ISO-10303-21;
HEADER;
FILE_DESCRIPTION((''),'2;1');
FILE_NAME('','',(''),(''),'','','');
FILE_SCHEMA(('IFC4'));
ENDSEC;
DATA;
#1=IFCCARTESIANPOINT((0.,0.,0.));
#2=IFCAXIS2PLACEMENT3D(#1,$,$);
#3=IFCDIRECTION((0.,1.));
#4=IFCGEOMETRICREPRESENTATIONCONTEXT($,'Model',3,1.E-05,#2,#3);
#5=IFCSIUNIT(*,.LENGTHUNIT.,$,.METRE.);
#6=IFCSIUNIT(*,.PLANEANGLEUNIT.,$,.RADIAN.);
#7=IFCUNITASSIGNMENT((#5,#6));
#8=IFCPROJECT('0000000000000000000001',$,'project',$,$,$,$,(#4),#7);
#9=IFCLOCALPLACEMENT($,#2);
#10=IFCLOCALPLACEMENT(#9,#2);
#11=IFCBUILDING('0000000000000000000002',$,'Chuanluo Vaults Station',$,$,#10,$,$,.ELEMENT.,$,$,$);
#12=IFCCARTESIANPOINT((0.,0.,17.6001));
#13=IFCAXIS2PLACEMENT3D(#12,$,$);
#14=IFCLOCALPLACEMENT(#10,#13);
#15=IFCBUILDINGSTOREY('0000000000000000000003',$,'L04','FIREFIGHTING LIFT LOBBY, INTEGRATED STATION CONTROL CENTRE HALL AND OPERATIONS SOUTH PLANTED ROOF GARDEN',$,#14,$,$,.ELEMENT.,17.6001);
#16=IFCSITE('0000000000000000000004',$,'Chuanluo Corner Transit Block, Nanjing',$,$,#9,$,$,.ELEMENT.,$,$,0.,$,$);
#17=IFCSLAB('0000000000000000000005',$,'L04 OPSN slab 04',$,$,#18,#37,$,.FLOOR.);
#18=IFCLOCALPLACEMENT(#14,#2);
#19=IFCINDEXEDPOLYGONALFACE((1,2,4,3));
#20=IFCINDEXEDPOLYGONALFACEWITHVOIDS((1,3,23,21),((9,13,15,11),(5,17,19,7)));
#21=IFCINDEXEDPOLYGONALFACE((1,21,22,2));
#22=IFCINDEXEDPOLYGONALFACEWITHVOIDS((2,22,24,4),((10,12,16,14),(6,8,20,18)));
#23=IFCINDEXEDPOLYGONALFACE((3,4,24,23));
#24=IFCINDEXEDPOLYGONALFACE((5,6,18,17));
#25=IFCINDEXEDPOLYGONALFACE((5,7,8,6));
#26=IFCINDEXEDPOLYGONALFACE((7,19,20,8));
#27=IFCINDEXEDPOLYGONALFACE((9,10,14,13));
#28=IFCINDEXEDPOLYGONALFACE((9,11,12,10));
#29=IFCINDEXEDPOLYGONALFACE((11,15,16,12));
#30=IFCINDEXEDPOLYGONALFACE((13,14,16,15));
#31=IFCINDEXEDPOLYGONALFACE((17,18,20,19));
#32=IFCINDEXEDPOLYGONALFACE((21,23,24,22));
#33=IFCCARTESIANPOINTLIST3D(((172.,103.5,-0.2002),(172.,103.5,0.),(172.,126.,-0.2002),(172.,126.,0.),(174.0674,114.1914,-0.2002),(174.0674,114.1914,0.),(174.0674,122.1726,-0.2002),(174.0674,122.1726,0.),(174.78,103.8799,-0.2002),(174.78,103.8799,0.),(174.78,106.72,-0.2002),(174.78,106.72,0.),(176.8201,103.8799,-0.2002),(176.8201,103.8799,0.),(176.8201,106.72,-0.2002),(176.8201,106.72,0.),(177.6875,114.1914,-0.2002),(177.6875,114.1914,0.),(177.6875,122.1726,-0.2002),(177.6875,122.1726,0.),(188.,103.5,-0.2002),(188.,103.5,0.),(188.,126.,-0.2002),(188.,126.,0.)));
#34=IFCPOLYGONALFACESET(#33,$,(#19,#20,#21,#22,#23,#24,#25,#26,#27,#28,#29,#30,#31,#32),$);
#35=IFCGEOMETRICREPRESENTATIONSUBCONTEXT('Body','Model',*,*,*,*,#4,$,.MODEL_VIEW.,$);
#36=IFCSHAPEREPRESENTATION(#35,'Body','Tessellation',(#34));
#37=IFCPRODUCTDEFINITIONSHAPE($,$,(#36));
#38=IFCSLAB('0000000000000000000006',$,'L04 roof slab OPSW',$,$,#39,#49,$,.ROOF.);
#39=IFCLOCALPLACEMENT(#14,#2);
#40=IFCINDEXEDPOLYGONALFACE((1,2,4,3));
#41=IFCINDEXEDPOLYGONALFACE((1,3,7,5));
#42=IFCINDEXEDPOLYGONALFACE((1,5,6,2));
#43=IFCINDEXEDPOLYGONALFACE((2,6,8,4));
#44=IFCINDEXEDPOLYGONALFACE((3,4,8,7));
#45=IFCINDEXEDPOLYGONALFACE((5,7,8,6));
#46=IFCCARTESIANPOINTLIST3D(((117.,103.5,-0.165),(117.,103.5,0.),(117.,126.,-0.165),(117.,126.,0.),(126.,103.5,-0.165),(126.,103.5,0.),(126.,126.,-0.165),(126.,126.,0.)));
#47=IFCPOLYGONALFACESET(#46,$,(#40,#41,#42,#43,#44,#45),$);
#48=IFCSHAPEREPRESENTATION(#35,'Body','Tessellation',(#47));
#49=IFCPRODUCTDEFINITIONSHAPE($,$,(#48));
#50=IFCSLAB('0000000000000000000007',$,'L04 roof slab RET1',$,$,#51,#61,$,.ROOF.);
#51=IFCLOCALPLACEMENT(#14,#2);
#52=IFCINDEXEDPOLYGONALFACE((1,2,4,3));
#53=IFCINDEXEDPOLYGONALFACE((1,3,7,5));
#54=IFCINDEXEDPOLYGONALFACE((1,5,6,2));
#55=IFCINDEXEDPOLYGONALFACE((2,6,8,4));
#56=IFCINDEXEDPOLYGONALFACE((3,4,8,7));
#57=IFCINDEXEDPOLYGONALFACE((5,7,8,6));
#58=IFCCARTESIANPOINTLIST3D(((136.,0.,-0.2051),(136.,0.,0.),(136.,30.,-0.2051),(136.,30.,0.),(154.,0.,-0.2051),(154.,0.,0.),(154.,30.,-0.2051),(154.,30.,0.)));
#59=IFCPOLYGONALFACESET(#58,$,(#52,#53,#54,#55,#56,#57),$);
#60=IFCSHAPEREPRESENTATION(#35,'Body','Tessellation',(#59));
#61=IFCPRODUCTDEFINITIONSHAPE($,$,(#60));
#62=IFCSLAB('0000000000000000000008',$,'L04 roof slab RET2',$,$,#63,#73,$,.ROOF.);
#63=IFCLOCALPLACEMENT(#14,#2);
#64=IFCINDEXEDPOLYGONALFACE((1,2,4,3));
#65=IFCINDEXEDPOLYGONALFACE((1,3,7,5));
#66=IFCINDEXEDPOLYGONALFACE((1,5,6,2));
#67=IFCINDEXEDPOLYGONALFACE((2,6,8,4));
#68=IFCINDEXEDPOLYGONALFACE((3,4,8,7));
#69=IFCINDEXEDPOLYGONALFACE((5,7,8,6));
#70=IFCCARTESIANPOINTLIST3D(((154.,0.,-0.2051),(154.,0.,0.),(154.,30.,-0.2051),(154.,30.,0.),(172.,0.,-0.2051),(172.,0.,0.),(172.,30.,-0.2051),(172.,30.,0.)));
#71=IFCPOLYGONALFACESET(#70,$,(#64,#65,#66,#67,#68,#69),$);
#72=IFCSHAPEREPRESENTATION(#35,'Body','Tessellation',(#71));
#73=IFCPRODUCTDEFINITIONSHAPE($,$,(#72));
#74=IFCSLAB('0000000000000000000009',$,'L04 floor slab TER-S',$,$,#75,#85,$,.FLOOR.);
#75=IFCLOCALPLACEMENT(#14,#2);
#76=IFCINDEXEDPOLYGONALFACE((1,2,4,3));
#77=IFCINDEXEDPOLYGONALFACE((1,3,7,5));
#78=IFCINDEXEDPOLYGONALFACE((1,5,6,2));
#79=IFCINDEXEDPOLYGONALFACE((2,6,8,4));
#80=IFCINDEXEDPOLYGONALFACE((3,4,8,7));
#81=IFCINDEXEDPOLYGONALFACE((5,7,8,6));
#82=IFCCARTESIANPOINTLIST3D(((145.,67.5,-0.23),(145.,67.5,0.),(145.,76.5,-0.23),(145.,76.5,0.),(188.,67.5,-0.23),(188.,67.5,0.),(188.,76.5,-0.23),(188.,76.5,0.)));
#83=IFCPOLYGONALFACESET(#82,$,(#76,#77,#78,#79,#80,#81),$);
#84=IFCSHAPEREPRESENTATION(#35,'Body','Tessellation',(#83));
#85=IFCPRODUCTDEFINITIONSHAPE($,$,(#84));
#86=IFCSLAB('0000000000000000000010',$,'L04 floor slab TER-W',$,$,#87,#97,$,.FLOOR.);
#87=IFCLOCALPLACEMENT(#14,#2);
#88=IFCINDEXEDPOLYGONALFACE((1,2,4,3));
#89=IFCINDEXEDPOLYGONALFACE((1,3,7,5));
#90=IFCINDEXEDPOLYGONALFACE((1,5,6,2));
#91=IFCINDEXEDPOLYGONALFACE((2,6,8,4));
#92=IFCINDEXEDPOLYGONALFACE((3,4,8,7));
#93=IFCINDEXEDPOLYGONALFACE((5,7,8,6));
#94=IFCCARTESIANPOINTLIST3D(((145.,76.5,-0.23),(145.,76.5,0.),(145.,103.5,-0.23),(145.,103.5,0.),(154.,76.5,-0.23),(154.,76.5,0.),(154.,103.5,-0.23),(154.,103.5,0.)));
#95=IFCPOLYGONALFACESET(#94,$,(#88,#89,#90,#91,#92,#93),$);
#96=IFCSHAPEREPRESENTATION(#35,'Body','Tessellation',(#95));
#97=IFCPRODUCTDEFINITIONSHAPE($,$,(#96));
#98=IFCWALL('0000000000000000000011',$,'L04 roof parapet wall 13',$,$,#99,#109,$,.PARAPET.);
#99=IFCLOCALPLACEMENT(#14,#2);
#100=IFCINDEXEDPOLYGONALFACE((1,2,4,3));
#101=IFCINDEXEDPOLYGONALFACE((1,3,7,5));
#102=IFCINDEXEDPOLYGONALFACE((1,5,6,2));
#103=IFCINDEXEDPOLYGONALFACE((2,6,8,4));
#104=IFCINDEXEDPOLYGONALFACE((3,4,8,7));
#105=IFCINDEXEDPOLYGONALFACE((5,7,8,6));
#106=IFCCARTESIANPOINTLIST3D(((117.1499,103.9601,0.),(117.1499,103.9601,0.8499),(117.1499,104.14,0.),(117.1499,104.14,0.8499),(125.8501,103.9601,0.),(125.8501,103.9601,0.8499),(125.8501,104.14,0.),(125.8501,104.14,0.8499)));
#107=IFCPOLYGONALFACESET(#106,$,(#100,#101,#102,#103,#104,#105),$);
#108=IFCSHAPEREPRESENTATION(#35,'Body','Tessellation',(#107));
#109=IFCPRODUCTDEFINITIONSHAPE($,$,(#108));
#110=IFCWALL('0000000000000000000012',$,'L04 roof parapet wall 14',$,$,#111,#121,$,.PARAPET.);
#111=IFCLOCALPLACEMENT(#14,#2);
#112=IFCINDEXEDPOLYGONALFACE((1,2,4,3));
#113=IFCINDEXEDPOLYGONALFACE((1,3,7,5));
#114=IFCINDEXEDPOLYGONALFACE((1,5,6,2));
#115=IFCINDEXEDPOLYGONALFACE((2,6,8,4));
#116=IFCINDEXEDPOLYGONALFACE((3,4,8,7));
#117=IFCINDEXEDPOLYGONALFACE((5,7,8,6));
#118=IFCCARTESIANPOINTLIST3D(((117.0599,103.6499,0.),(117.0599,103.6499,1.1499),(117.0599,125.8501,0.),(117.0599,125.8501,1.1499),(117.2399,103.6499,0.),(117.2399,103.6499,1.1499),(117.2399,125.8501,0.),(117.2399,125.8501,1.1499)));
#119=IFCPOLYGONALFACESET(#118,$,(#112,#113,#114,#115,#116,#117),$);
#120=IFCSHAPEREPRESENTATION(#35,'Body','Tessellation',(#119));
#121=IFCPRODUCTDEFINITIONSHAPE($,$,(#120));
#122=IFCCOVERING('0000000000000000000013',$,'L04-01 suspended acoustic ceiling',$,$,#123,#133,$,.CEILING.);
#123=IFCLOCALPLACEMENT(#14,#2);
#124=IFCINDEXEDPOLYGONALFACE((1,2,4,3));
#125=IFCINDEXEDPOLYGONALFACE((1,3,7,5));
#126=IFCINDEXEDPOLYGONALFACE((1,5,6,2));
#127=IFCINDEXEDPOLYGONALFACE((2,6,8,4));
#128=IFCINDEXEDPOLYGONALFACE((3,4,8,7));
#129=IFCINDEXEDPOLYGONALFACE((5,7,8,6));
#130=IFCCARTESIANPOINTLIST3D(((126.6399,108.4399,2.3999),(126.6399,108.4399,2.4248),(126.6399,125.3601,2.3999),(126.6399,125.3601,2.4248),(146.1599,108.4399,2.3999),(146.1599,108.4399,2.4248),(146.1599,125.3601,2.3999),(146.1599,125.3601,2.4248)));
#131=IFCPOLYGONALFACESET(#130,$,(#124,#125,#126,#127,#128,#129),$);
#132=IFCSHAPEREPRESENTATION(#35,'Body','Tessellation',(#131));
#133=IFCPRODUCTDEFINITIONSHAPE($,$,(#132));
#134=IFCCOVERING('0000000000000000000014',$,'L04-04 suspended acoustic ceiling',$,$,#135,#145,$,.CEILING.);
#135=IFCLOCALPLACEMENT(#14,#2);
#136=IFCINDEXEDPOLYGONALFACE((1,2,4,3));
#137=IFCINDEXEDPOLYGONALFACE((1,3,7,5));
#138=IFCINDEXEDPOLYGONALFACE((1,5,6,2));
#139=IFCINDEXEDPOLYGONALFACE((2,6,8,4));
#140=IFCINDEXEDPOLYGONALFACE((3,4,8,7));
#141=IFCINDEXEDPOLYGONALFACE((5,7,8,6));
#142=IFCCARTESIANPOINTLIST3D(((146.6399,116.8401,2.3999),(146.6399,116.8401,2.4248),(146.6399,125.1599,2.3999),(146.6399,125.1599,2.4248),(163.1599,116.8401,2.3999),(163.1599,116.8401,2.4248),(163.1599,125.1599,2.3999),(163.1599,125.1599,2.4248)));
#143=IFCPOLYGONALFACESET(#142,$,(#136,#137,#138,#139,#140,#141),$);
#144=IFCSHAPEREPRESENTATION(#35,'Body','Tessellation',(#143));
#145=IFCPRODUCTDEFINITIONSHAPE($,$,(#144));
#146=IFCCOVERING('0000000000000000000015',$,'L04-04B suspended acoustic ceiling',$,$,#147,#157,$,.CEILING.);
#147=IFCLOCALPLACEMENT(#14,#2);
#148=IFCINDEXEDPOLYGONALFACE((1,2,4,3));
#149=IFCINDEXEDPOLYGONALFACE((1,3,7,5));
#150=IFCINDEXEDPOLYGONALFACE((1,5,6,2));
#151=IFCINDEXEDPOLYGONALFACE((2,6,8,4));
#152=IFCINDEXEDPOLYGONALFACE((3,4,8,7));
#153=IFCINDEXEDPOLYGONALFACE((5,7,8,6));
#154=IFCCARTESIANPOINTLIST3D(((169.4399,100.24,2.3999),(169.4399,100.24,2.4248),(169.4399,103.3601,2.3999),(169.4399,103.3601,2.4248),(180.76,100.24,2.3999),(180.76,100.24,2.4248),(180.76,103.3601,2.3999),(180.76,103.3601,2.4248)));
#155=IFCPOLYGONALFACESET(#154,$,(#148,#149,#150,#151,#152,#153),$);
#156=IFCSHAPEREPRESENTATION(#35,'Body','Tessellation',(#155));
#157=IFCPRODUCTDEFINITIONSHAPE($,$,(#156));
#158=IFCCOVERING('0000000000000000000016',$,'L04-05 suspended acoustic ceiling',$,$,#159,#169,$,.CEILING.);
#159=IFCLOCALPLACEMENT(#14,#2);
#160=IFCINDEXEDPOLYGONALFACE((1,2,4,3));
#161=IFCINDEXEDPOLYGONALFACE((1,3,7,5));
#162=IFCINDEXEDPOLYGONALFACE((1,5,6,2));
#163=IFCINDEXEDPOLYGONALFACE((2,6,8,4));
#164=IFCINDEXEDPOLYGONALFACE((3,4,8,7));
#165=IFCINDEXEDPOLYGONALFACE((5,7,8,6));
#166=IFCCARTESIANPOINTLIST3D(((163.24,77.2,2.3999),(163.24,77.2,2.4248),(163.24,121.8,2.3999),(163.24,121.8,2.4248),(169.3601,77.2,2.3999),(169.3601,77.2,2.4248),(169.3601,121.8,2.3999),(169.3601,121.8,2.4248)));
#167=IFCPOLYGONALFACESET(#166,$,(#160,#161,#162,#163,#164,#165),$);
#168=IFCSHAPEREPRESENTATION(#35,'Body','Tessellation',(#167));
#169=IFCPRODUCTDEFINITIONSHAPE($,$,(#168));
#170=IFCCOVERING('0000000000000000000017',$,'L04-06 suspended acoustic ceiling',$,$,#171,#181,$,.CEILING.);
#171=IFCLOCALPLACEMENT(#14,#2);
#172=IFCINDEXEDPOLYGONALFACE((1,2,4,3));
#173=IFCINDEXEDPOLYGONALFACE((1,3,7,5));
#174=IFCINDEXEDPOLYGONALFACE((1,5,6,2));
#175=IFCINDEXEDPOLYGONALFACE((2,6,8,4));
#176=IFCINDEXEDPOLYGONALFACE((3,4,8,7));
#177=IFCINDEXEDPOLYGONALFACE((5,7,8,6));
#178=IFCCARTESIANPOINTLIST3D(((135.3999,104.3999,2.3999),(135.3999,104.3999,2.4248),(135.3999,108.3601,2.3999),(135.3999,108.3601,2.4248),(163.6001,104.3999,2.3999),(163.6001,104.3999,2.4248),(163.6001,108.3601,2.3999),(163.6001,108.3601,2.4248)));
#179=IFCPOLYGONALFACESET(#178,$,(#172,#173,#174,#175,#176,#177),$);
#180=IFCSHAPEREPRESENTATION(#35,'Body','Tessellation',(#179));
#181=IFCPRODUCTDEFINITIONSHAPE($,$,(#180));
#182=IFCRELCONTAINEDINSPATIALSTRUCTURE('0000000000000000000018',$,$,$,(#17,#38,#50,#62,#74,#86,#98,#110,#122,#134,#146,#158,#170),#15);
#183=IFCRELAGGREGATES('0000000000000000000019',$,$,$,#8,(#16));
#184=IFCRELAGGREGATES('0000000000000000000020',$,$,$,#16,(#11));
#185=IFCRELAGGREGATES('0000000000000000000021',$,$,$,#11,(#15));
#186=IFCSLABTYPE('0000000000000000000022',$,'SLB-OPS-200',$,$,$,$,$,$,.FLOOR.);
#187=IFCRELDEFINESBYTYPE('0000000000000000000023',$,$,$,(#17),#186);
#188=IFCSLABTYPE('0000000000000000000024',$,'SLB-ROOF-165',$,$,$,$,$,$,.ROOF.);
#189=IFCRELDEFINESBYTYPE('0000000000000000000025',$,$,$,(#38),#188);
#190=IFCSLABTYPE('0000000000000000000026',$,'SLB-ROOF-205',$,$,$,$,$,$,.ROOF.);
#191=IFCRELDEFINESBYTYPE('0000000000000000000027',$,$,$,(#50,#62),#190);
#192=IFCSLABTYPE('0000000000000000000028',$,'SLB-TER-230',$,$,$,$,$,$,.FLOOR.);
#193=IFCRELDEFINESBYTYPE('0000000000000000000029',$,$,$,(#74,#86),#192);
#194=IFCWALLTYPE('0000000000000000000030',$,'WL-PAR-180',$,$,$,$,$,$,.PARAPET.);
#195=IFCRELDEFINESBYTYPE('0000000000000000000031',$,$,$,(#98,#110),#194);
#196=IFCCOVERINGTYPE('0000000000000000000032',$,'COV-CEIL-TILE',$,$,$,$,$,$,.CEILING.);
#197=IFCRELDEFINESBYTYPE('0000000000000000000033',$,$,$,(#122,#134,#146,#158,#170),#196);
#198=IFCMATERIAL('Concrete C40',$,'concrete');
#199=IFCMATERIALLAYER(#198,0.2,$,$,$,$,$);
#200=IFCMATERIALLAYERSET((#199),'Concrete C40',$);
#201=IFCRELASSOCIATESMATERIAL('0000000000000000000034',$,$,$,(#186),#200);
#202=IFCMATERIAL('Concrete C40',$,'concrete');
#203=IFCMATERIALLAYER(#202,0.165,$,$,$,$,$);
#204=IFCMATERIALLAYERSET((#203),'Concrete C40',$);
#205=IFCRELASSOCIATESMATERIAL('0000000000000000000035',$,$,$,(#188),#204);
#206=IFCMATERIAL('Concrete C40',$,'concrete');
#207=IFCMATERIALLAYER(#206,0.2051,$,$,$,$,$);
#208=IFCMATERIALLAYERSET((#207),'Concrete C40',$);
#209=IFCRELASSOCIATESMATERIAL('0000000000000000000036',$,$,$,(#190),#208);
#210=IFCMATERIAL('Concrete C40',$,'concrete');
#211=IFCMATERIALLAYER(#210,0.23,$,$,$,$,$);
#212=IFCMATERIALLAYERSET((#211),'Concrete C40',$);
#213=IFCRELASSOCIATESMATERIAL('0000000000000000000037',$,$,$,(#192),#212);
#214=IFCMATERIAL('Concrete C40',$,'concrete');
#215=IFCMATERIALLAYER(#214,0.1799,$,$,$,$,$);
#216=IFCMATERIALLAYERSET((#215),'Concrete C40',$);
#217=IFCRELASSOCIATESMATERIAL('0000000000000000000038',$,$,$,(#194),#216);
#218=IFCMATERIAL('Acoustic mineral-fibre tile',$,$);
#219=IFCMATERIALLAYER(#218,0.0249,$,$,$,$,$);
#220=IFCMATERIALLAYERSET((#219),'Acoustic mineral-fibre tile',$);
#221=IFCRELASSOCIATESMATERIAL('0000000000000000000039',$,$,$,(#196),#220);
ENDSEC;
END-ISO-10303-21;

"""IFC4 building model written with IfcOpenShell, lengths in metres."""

from ifc_helpers import new_model, si_unit, direction, frame, frame_2d, origin, place, context, subcontext, project, spatial, polyline, rectangle, outline, extrude, material, layer, layer_set, type_object, element, save


model = new_model("IFC4")

# Units and contexts
model_context = context("Model", 3, precision=1e-05, world=origin(), true_north=direction((0.0, 1.0)))
body_context = subcontext(model_context, "Body", "Model", "MODEL_VIEW")
ifc_project = project(units=[si_unit("LENGTHUNIT", "METRE"), si_unit("PLANEANGLEUNIT", "RADIAN")], contexts=[model_context])

# Site, building, storey
site_placement = place(None, origin())
site = spatial("IfcSite", under=ifc_project, at=site_placement, Name="Chuanluo Corner Transit Block, Nanjing", CompositionType="ELEMENT", RefElevation=0.0)
building_placement = place(site_placement, origin())
building = spatial("IfcBuilding", under=site, at=building_placement, Name="Chuanluo Vaults Station", CompositionType="ELEMENT")
storey_placement = place(building_placement, frame((0.0, 0.0, 17.6001)))
storey = spatial("IfcBuildingStorey", under=building, at=storey_placement, Name="L04", Description="FIREFIGHTING LIFT LOBBY, INTEGRATED STATION CONTROL CENTRE HALL AND OPERATIONS SOUTH PLANTED ROOF GARDEN", CompositionType="ELEMENT", Elevation=17.6001)

# Slabs
ifc_material_1 = material(Name="Concrete C40", Category="concrete")
ifc_layer_1 = layer(ifc_material_1, 0.2)
ifc_layer_set_1 = layer_set([ifc_layer_1], Name="Concrete C40")
slab_type_1 = type_object("IfcSlabType", Name="SLB-OPS-200", PredefinedType="FLOOR", material=ifc_layer_set_1)
slab_1_placement = place(storey_placement, frame((0.0, 0.0, -0.2002)))
element("IfcSlab", 1, at=slab_1_placement, inside=storey, type_object=slab_type_1, Name="L04 OPSN slab 04", PredefinedType="FLOOR", context=body_context, shape_type="SweptSolid", body=[
    extrude(outline(polyline([(172.0, 103.5), (188.0, 103.5), (188.0, 126.0), (172.0, 126.0), (172.0, 103.5)]), holes=[polyline([(177.6875, 114.1914), (177.6875, 122.1726), (174.0674, 122.1726), (174.0674, 114.1914), (177.6875, 114.1914)]), polyline([(174.78, 103.8799), (176.8201, 103.8799), (176.8201, 106.72), (174.78, 106.72), (174.78, 103.8799)])]), origin(), (0.0, 0.0, 1.0), 0.2002),
])
ifc_material_2 = material(Name="Concrete C40", Category="concrete")
ifc_layer_2 = layer(ifc_material_2, 0.165)
ifc_layer_set_2 = layer_set([ifc_layer_2], Name="Concrete C40")
slab_type_2 = type_object("IfcSlabType", Name="SLB-ROOF-165", PredefinedType="ROOF", material=ifc_layer_set_2)
slab_2_placement = place(storey_placement, frame((0.0, 0.0, -0.165)))
element("IfcSlab", 2, at=slab_2_placement, inside=storey, type_object=slab_type_2, Name="L04 roof slab OPSW", PredefinedType="ROOF", context=body_context, shape_type="SweptSolid", body=[
    extrude(outline(polyline([(117.0, 103.5), (126.0, 103.5), (126.0, 126.0), (117.0, 126.0), (117.0, 103.5)])), origin(), (0.0, 0.0, 1.0), 0.165),
])
ifc_material_3 = material(Name="Concrete C40", Category="concrete")
ifc_layer_3 = layer(ifc_material_3, 0.2051)
ifc_layer_set_3 = layer_set([ifc_layer_3], Name="Concrete C40")
slab_type_3 = type_object("IfcSlabType", Name="SLB-ROOF-205", PredefinedType="ROOF", material=ifc_layer_set_3)
slab_3_placement = place(storey_placement, frame((0.0, 0.0, -0.2051)))
element("IfcSlab", 3, at=slab_3_placement, inside=storey, type_object=slab_type_3, Name="L04 roof slab RET1", PredefinedType="ROOF", context=body_context, shape_type="SweptSolid", body=[
    extrude(outline(polyline([(136.0, 0.0), (154.0, 0.0), (154.0, 30.0), (136.0, 30.0), (136.0, 0.0)])), origin(), (0.0, 0.0, 1.0), 0.2051),
])
slab_4_placement = place(storey_placement, frame((0.0, 0.0, -0.2051)))
element("IfcSlab", 4, at=slab_4_placement, inside=storey, type_object=slab_type_3, Name="L04 roof slab RET2", PredefinedType="ROOF", context=body_context, shape_type="SweptSolid", body=[
    extrude(outline(polyline([(154.0, 0.0), (172.0, 0.0), (172.0, 30.0), (154.0, 30.0), (154.0, 0.0)])), origin(), (0.0, 0.0, 1.0), 0.2051),
])
ifc_material_4 = material(Name="Concrete C40", Category="concrete")
ifc_layer_4 = layer(ifc_material_4, 0.23)
ifc_layer_set_4 = layer_set([ifc_layer_4], Name="Concrete C40")
slab_type_4 = type_object("IfcSlabType", Name="SLB-TER-230", PredefinedType="FLOOR", material=ifc_layer_set_4)
slab_5_placement = place(storey_placement, frame((0.0, 0.0, -0.23)))
element("IfcSlab", 5, at=slab_5_placement, inside=storey, type_object=slab_type_4, Name="L04 floor slab TER-S", PredefinedType="FLOOR", context=body_context, shape_type="SweptSolid", body=[
    extrude(outline(polyline([(145.0, 67.5), (188.0, 67.5), (188.0, 76.5), (145.0, 76.5), (145.0, 67.5)])), origin(), (0.0, 0.0, 1.0), 0.23),
])
slab_6_placement = place(storey_placement, frame((0.0, 0.0, -0.23)))
element("IfcSlab", 6, at=slab_6_placement, inside=storey, type_object=slab_type_4, Name="L04 floor slab TER-W", PredefinedType="FLOOR", context=body_context, shape_type="SweptSolid", body=[
    extrude(outline(polyline([(145.0, 76.5), (154.0, 76.5), (154.0, 103.5), (145.0, 103.5), (145.0, 76.5)])), origin(), (0.0, 0.0, 1.0), 0.23),
])

# Walls
ifc_material_5 = material(Name="Concrete C40", Category="concrete")
ifc_layer_5 = layer(ifc_material_5, 0.1799)
ifc_layer_set_5 = layer_set([ifc_layer_5], Name="Concrete C40")
wall_type = type_object("IfcWallType", Name="WL-PAR-180", PredefinedType="PARAPET", material=ifc_layer_set_5)
wall_1_placement = place(storey_placement, frame((117.1499, 104.05, 0.0), z_axis=(0.0, 0.0, 1.0), x_axis=(1.0, 0.0, 0.0)))
element("IfcWall", 7, at=wall_1_placement, inside=storey, type_object=wall_type, Name="L04 roof parapet wall 13", PredefinedType="PARAPET", context=body_context, shape_type="SweptSolid", body=[
    extrude(rectangle(XDim=8.7002, YDim=0.1799, at=frame_2d((4.3501, 0.0))), origin(), (0.0, 0.0, 1.0), 0.8499),
])
wall_2_placement = place(storey_placement, frame((117.1499, 103.6499, 0.0), z_axis=(0.0, 0.0, 1.0), x_axis=(0.0, 1.0, 0.0)))
element("IfcWall", 8, at=wall_2_placement, inside=storey, type_object=wall_type, Name="L04 roof parapet wall 14", PredefinedType="PARAPET", context=body_context, shape_type="SweptSolid", body=[
    extrude(rectangle(XDim=22.2002, YDim=0.1799, at=frame_2d((11.1001, 0.0))), origin(), (0.0, 0.0, 1.0), 1.1499),
])

# Coverings
ifc_material_6 = material(Name="Acoustic mineral-fibre tile")
ifc_layer_6 = layer(ifc_material_6, 0.0249)
ifc_layer_set_6 = layer_set([ifc_layer_6], Name="Acoustic mineral-fibre tile")
covering_type_1 = type_object("IfcCoveringType", Name="COV-CEIL-TILE", PredefinedType="CEILING", material=ifc_layer_set_6)
covering_1_placement = place(storey_placement, frame((0.0, 0.0, 2.3999)))
element("IfcCovering", 9, at=covering_1_placement, inside=storey, type_object=covering_type_1, Name="L04-01 suspended acoustic ceiling", PredefinedType="CEILING", context=body_context, shape_type="SweptSolid", body=[
    extrude(outline(polyline([(126.6399, 108.4399), (146.1599, 108.4399), (146.1599, 125.3601), (126.6399, 125.3601), (126.6399, 108.4399)])), origin(), (0.0, 0.0, 1.0), 0.0249),
])
covering_2_placement = place(storey_placement, frame((0.0, 0.0, 2.3999)))
element("IfcCovering", 10, at=covering_2_placement, inside=storey, type_object=covering_type_1, Name="L04-04 suspended acoustic ceiling", PredefinedType="CEILING", context=body_context, shape_type="SweptSolid", body=[
    extrude(outline(polyline([(146.6399, 116.8401), (163.1599, 116.8401), (163.1599, 125.1599), (146.6399, 125.1599), (146.6399, 116.8401)])), origin(), (0.0, 0.0, 1.0), 0.0249),
])
covering_3_placement = place(storey_placement, frame((0.0, 0.0, 2.3999)))
element("IfcCovering", 11, at=covering_3_placement, inside=storey, type_object=covering_type_1, Name="L04-04B suspended acoustic ceiling", PredefinedType="CEILING", context=body_context, shape_type="SweptSolid", body=[
    extrude(outline(polyline([(169.4399, 100.24), (180.76, 100.24), (180.76, 103.3601), (169.4399, 103.3601), (169.4399, 100.24)])), origin(), (0.0, 0.0, 1.0), 0.0249),
])
covering_4_placement = place(storey_placement, frame((0.0, 0.0, 2.3999)))
element("IfcCovering", 12, at=covering_4_placement, inside=storey, type_object=covering_type_1, Name="L04-05 suspended acoustic ceiling", PredefinedType="CEILING", context=body_context, shape_type="SweptSolid", body=[
    extrude(outline(polyline([(163.24, 77.2), (169.3601, 77.2), (169.3601, 121.8), (163.24, 121.8), (163.24, 77.2)])), origin(), (0.0, 0.0, 1.0), 0.0249),
])
covering_5_placement = place(storey_placement, frame((0.0, 0.0, 2.3999)))
element("IfcCovering", 13, at=covering_5_placement, inside=storey, type_object=covering_type_1, Name="L04-06 suspended acoustic ceiling", PredefinedType="CEILING", context=body_context, shape_type="SweptSolid", body=[
    extrude(outline(polyline([(135.3999, 104.3999), (163.6001, 104.3999), (163.6001, 108.3601), (135.3999, 108.3601), (135.3999, 104.3999)])), origin(), (0.0, 0.0, 1.0), 0.0249),
])

save(model, "model.ifc")
